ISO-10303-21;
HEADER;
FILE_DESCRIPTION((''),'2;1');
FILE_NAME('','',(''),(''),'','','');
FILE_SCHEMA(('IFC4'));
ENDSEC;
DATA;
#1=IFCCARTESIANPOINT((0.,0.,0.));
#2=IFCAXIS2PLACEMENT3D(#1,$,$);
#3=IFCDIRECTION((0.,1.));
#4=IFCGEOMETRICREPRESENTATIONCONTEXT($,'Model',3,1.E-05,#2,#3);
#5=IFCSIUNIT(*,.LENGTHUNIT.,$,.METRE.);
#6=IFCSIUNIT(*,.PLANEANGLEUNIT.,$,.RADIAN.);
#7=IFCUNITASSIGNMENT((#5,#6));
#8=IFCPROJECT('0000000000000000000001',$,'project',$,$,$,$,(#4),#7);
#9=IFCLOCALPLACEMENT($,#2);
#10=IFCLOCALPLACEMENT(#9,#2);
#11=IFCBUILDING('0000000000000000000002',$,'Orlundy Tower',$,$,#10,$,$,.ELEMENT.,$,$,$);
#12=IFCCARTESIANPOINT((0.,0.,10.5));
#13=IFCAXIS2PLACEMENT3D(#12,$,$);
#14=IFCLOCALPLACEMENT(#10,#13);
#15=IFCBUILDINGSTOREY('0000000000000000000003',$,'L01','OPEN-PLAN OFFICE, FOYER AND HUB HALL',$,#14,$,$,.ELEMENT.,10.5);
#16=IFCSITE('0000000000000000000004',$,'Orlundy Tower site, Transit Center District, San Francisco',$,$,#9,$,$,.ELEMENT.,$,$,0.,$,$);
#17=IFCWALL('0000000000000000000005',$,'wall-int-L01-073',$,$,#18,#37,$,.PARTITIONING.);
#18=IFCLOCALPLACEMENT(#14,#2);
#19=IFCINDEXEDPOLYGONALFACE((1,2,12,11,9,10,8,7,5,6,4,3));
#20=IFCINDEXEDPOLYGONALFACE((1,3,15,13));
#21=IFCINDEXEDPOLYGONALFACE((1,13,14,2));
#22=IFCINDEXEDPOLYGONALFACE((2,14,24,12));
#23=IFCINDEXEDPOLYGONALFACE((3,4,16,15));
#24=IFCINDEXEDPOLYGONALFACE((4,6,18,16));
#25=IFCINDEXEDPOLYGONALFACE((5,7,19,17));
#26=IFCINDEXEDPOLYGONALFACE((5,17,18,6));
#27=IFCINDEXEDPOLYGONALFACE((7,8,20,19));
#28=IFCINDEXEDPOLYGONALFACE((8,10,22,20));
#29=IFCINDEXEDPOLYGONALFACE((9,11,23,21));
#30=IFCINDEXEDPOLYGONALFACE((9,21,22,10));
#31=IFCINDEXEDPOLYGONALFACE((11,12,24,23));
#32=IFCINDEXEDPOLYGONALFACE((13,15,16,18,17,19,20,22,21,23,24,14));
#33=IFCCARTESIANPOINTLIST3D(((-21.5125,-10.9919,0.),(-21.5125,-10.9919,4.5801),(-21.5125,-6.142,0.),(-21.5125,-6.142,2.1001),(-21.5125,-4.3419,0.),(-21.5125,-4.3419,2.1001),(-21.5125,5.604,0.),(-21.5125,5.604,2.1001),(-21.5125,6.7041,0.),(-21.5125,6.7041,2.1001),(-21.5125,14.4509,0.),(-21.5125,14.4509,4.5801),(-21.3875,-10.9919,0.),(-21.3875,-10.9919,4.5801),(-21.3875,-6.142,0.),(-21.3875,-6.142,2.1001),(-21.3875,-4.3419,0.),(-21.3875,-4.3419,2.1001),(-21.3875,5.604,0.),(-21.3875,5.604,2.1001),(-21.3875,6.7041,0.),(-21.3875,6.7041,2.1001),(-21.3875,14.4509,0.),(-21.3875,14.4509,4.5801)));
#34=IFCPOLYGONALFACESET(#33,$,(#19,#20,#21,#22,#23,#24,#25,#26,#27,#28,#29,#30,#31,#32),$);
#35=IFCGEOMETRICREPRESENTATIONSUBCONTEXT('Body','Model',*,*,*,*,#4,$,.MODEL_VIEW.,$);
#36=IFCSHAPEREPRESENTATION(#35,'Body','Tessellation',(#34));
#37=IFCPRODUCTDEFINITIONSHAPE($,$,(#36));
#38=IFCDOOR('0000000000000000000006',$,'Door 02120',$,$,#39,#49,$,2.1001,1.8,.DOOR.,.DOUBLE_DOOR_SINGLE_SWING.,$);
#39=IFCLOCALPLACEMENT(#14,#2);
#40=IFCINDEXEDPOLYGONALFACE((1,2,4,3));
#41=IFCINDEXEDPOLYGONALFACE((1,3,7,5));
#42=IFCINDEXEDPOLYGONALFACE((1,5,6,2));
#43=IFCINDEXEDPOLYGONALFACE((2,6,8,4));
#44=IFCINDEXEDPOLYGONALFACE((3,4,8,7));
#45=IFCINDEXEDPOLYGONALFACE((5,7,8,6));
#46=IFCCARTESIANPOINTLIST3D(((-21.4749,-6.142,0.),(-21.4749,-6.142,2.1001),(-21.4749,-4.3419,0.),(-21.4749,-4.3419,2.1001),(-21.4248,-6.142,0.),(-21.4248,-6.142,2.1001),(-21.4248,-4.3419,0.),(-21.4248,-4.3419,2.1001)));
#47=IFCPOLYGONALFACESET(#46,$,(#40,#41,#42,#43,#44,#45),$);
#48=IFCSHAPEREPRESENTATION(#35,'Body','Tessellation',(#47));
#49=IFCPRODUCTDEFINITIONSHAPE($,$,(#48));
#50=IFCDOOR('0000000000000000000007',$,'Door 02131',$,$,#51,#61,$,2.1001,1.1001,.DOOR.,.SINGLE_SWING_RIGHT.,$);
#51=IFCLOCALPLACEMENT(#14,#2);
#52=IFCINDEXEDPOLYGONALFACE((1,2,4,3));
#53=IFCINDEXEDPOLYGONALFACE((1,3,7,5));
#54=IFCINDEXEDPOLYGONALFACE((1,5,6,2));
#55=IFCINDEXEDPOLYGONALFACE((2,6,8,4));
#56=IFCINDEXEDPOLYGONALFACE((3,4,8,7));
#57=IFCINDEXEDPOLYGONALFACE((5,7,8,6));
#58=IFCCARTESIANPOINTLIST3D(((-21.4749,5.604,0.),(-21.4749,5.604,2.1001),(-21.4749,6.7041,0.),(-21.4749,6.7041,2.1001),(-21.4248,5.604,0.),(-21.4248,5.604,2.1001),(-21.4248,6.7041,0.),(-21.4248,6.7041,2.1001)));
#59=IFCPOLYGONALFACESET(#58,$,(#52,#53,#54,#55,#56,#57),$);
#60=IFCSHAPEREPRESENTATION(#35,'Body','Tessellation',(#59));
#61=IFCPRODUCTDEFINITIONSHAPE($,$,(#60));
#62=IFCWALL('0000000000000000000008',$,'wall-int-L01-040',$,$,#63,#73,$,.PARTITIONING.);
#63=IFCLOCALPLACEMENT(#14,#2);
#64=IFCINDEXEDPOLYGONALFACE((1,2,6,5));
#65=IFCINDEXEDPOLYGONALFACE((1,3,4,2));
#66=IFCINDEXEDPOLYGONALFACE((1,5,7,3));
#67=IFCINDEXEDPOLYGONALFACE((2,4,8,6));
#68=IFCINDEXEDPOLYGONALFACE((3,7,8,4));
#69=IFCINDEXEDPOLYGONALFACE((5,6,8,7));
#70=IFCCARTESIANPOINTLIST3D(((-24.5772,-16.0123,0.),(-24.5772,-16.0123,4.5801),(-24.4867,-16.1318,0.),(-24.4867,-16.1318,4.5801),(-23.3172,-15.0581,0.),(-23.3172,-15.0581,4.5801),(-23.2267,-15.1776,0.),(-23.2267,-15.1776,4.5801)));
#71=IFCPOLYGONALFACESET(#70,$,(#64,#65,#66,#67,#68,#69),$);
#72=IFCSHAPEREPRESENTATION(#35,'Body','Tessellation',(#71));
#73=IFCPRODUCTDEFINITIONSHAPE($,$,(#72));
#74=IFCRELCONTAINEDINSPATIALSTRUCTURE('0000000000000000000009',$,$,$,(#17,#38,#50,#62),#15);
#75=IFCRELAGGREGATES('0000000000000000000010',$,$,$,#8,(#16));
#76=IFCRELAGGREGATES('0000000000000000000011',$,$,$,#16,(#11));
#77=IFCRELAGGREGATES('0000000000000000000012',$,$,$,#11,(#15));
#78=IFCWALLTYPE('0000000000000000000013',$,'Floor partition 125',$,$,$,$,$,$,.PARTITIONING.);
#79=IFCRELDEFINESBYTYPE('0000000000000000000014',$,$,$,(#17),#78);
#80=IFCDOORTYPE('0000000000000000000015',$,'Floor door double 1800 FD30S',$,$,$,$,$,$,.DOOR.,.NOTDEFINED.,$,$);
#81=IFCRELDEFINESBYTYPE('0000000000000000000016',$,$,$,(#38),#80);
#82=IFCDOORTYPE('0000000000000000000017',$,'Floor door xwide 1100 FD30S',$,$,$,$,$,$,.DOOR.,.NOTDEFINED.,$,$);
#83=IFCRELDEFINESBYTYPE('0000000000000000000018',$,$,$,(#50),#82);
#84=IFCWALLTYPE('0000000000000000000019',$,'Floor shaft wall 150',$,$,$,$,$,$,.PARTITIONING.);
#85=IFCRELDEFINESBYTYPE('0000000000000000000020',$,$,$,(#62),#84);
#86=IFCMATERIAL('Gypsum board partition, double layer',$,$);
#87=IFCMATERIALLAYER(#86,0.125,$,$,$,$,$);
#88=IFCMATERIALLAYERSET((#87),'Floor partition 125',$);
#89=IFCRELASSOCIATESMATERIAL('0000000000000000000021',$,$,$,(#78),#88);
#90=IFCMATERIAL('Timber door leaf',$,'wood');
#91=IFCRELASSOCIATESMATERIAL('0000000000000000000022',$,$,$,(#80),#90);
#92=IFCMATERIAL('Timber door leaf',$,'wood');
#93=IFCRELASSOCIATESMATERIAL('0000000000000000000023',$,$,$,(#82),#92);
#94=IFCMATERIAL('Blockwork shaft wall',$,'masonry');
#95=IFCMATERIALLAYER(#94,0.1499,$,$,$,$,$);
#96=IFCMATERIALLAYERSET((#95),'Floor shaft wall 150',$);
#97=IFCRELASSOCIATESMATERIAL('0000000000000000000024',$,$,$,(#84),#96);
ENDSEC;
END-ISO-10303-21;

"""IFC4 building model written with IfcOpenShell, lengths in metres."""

from ifc_helpers import new_model, si_unit, direction, frame, frame_2d, origin, place, context, subcontext, project, spatial, rectangle, extrude, material, layer, layer_set, type_object, element, fill, save


model = new_model("IFC4")

# Units and contexts
model_context = context("Model", 3, precision=1e-05, world=origin(), true_north=direction((0.0, 1.0)))
body_context = subcontext(model_context, "Body", "Model", "MODEL_VIEW")
ifc_project = project(units=[si_unit("LENGTHUNIT", "METRE"), si_unit("PLANEANGLEUNIT", "RADIAN")], contexts=[model_context])

# Site, building, storey
site_placement = place(None, origin())
site = spatial("IfcSite", under=ifc_project, at=site_placement, Name="Orlundy Tower site, Transit Center District, San Francisco", CompositionType="ELEMENT", RefElevation=0.0)
building_placement = place(site_placement, origin())
building = spatial("IfcBuilding", under=site, at=building_placement, Name="Orlundy Tower", CompositionType="ELEMENT")
storey_placement = place(building_placement, frame((0.0, 0.0, 10.5)))
storey = spatial("IfcBuildingStorey", under=building, at=storey_placement, Name="L01", Description="OPEN-PLAN OFFICE, FOYER AND HUB HALL", CompositionType="ELEMENT", Elevation=10.5)

# Shared definitions
ifc_material_1 = material(Name="Gypsum board partition, double layer")
ifc_layer_1 = layer(ifc_material_1, 0.125)
ifc_layer_set_1 = layer_set([ifc_layer_1], Name="Floor partition 125")
wall_type_1 = type_object("IfcWallType", Name="Floor partition 125", PredefinedType="PARTITIONING", material=ifc_layer_set_1)

# Wall, openings, doors
wall_1_placement = place(storey_placement, frame((-21.45, -10.9919, 0.0), z_axis=(0.0, 0.0, 1.0), x_axis=(0.0, 1.0, 0.0)))
wall_1 = element("IfcWall", 1, at=wall_1_placement, inside=storey, type_object=wall_type_1, Name="wall-int-L01-073", PredefinedType="PARTITIONING", context=body_context, shape_type="SweptSolid", body=[
    extrude(rectangle(XDim=25.4429, YDim=0.125, at=frame_2d((12.7214, 0.0))), origin(), (0.0, 0.0, 1.0), 4.5801),
])
opening_1_placement = place(wall_1_placement, frame((4.8501, 0.0, 0.0)))
opening_1 = element("IfcOpeningElement", 2, at=opening_1_placement, cuts=wall_1, PredefinedType="OPENING", context=body_context, shape_type="SweptSolid", body=[
    extrude(rectangle(XDim=1.8, YDim=2.1001, at=frame_2d((0.8999, 1.05))), frame((0.0, 0.0725, 0.0), z_axis=(0.0, -1.0, 0.0), x_axis=(1.0, 0.0, 0.0)), (0.0, 0.0, 1.0), 0.145),
])
opening_2_placement = place(wall_1_placement, frame((16.5959, 0.0, 0.0)))
opening_2 = element("IfcOpeningElement", 3, at=opening_2_placement, cuts=wall_1, PredefinedType="OPENING", context=body_context, shape_type="SweptSolid", body=[
    extrude(rectangle(XDim=1.1001, YDim=2.1001, at=frame_2d((0.55, 1.05))), frame((0.0, 0.0725, 0.0), z_axis=(0.0, -1.0, 0.0), x_axis=(1.0, 0.0, 0.0)), (0.0, 0.0, 1.0), 0.145),
])
ifc_material_2 = material(Name="Timber door leaf", Category="wood")
door_type_1 = type_object("IfcDoorType", Name="Floor door double 1800 FD30S", OperationType="NOTDEFINED", PredefinedType="DOOR", material=ifc_material_2)
door_1_placement = place(opening_1_placement, origin())
door_1 = element("IfcDoor", 4, at=door_1_placement, inside=storey, type_object=door_type_1, Name="Door 02120", OperationType="DOUBLE_DOOR_SINGLE_SWING", OverallHeight=2.1001, OverallWidth=1.8, PredefinedType="DOOR", context=body_context, shape_type="SweptSolid", body=[
    extrude(rectangle(XDim=1.8, YDim=2.1001, at=frame_2d((0.8999, 1.05))), frame((0.0, 0.0249, 0.0), z_axis=(0.0, -1.0, 0.0), x_axis=(1.0, 0.0, 0.0)), (0.0, 0.0, 1.0), 0.05),
])
fill(opening_1, door_1)
ifc_material_3 = material(Name="Timber door leaf", Category="wood")
door_type_2 = type_object("IfcDoorType", Name="Floor door xwide 1100 FD30S", OperationType="NOTDEFINED", PredefinedType="DOOR", material=ifc_material_3)
door_2_placement = place(opening_2_placement, origin())
door_2 = element("IfcDoor", 5, at=door_2_placement, inside=storey, type_object=door_type_2, Name="Door 02131", OperationType="SINGLE_SWING_RIGHT", OverallHeight=2.1001, OverallWidth=1.1001, PredefinedType="DOOR", context=body_context, shape_type="SweptSolid", body=[
    extrude(rectangle(XDim=1.1001, YDim=2.1001, at=frame_2d((0.55, 1.05))), frame((0.0, 0.0249, 0.0), z_axis=(0.0, -1.0, 0.0), x_axis=(1.0, 0.0, 0.0)), (0.0, 0.0, 1.0), 0.05),
])
fill(opening_2, door_2)

# Wall
ifc_material_4 = material(Name="Blockwork shaft wall", Category="masonry")
ifc_layer_2 = layer(ifc_material_4, 0.1499)
ifc_layer_set_2 = layer_set([ifc_layer_2], Name="Floor shaft wall 150")
wall_type_2 = type_object("IfcWallType", Name="Floor shaft wall 150", PredefinedType="PARTITIONING", material=ifc_layer_set_2)
wall_2_placement = place(storey_placement, frame((-24.532, -16.072, 0.0), z_axis=(0.0, 0.0, 1.0), x_axis=(0.79723, 0.603676, 0.0)))
element("IfcWall", 6, at=wall_2_placement, inside=storey, type_object=wall_type_2, Name="wall-int-L01-040", PredefinedType="PARTITIONING", context=body_context, shape_type="SweptSolid", body=[
    extrude(rectangle(XDim=1.5806, YDim=0.1499, at=frame_2d((0.7903, 0.0))), origin(), (0.0, 0.0, 1.0), 4.5801),
])

save(model, "model.ifc")
